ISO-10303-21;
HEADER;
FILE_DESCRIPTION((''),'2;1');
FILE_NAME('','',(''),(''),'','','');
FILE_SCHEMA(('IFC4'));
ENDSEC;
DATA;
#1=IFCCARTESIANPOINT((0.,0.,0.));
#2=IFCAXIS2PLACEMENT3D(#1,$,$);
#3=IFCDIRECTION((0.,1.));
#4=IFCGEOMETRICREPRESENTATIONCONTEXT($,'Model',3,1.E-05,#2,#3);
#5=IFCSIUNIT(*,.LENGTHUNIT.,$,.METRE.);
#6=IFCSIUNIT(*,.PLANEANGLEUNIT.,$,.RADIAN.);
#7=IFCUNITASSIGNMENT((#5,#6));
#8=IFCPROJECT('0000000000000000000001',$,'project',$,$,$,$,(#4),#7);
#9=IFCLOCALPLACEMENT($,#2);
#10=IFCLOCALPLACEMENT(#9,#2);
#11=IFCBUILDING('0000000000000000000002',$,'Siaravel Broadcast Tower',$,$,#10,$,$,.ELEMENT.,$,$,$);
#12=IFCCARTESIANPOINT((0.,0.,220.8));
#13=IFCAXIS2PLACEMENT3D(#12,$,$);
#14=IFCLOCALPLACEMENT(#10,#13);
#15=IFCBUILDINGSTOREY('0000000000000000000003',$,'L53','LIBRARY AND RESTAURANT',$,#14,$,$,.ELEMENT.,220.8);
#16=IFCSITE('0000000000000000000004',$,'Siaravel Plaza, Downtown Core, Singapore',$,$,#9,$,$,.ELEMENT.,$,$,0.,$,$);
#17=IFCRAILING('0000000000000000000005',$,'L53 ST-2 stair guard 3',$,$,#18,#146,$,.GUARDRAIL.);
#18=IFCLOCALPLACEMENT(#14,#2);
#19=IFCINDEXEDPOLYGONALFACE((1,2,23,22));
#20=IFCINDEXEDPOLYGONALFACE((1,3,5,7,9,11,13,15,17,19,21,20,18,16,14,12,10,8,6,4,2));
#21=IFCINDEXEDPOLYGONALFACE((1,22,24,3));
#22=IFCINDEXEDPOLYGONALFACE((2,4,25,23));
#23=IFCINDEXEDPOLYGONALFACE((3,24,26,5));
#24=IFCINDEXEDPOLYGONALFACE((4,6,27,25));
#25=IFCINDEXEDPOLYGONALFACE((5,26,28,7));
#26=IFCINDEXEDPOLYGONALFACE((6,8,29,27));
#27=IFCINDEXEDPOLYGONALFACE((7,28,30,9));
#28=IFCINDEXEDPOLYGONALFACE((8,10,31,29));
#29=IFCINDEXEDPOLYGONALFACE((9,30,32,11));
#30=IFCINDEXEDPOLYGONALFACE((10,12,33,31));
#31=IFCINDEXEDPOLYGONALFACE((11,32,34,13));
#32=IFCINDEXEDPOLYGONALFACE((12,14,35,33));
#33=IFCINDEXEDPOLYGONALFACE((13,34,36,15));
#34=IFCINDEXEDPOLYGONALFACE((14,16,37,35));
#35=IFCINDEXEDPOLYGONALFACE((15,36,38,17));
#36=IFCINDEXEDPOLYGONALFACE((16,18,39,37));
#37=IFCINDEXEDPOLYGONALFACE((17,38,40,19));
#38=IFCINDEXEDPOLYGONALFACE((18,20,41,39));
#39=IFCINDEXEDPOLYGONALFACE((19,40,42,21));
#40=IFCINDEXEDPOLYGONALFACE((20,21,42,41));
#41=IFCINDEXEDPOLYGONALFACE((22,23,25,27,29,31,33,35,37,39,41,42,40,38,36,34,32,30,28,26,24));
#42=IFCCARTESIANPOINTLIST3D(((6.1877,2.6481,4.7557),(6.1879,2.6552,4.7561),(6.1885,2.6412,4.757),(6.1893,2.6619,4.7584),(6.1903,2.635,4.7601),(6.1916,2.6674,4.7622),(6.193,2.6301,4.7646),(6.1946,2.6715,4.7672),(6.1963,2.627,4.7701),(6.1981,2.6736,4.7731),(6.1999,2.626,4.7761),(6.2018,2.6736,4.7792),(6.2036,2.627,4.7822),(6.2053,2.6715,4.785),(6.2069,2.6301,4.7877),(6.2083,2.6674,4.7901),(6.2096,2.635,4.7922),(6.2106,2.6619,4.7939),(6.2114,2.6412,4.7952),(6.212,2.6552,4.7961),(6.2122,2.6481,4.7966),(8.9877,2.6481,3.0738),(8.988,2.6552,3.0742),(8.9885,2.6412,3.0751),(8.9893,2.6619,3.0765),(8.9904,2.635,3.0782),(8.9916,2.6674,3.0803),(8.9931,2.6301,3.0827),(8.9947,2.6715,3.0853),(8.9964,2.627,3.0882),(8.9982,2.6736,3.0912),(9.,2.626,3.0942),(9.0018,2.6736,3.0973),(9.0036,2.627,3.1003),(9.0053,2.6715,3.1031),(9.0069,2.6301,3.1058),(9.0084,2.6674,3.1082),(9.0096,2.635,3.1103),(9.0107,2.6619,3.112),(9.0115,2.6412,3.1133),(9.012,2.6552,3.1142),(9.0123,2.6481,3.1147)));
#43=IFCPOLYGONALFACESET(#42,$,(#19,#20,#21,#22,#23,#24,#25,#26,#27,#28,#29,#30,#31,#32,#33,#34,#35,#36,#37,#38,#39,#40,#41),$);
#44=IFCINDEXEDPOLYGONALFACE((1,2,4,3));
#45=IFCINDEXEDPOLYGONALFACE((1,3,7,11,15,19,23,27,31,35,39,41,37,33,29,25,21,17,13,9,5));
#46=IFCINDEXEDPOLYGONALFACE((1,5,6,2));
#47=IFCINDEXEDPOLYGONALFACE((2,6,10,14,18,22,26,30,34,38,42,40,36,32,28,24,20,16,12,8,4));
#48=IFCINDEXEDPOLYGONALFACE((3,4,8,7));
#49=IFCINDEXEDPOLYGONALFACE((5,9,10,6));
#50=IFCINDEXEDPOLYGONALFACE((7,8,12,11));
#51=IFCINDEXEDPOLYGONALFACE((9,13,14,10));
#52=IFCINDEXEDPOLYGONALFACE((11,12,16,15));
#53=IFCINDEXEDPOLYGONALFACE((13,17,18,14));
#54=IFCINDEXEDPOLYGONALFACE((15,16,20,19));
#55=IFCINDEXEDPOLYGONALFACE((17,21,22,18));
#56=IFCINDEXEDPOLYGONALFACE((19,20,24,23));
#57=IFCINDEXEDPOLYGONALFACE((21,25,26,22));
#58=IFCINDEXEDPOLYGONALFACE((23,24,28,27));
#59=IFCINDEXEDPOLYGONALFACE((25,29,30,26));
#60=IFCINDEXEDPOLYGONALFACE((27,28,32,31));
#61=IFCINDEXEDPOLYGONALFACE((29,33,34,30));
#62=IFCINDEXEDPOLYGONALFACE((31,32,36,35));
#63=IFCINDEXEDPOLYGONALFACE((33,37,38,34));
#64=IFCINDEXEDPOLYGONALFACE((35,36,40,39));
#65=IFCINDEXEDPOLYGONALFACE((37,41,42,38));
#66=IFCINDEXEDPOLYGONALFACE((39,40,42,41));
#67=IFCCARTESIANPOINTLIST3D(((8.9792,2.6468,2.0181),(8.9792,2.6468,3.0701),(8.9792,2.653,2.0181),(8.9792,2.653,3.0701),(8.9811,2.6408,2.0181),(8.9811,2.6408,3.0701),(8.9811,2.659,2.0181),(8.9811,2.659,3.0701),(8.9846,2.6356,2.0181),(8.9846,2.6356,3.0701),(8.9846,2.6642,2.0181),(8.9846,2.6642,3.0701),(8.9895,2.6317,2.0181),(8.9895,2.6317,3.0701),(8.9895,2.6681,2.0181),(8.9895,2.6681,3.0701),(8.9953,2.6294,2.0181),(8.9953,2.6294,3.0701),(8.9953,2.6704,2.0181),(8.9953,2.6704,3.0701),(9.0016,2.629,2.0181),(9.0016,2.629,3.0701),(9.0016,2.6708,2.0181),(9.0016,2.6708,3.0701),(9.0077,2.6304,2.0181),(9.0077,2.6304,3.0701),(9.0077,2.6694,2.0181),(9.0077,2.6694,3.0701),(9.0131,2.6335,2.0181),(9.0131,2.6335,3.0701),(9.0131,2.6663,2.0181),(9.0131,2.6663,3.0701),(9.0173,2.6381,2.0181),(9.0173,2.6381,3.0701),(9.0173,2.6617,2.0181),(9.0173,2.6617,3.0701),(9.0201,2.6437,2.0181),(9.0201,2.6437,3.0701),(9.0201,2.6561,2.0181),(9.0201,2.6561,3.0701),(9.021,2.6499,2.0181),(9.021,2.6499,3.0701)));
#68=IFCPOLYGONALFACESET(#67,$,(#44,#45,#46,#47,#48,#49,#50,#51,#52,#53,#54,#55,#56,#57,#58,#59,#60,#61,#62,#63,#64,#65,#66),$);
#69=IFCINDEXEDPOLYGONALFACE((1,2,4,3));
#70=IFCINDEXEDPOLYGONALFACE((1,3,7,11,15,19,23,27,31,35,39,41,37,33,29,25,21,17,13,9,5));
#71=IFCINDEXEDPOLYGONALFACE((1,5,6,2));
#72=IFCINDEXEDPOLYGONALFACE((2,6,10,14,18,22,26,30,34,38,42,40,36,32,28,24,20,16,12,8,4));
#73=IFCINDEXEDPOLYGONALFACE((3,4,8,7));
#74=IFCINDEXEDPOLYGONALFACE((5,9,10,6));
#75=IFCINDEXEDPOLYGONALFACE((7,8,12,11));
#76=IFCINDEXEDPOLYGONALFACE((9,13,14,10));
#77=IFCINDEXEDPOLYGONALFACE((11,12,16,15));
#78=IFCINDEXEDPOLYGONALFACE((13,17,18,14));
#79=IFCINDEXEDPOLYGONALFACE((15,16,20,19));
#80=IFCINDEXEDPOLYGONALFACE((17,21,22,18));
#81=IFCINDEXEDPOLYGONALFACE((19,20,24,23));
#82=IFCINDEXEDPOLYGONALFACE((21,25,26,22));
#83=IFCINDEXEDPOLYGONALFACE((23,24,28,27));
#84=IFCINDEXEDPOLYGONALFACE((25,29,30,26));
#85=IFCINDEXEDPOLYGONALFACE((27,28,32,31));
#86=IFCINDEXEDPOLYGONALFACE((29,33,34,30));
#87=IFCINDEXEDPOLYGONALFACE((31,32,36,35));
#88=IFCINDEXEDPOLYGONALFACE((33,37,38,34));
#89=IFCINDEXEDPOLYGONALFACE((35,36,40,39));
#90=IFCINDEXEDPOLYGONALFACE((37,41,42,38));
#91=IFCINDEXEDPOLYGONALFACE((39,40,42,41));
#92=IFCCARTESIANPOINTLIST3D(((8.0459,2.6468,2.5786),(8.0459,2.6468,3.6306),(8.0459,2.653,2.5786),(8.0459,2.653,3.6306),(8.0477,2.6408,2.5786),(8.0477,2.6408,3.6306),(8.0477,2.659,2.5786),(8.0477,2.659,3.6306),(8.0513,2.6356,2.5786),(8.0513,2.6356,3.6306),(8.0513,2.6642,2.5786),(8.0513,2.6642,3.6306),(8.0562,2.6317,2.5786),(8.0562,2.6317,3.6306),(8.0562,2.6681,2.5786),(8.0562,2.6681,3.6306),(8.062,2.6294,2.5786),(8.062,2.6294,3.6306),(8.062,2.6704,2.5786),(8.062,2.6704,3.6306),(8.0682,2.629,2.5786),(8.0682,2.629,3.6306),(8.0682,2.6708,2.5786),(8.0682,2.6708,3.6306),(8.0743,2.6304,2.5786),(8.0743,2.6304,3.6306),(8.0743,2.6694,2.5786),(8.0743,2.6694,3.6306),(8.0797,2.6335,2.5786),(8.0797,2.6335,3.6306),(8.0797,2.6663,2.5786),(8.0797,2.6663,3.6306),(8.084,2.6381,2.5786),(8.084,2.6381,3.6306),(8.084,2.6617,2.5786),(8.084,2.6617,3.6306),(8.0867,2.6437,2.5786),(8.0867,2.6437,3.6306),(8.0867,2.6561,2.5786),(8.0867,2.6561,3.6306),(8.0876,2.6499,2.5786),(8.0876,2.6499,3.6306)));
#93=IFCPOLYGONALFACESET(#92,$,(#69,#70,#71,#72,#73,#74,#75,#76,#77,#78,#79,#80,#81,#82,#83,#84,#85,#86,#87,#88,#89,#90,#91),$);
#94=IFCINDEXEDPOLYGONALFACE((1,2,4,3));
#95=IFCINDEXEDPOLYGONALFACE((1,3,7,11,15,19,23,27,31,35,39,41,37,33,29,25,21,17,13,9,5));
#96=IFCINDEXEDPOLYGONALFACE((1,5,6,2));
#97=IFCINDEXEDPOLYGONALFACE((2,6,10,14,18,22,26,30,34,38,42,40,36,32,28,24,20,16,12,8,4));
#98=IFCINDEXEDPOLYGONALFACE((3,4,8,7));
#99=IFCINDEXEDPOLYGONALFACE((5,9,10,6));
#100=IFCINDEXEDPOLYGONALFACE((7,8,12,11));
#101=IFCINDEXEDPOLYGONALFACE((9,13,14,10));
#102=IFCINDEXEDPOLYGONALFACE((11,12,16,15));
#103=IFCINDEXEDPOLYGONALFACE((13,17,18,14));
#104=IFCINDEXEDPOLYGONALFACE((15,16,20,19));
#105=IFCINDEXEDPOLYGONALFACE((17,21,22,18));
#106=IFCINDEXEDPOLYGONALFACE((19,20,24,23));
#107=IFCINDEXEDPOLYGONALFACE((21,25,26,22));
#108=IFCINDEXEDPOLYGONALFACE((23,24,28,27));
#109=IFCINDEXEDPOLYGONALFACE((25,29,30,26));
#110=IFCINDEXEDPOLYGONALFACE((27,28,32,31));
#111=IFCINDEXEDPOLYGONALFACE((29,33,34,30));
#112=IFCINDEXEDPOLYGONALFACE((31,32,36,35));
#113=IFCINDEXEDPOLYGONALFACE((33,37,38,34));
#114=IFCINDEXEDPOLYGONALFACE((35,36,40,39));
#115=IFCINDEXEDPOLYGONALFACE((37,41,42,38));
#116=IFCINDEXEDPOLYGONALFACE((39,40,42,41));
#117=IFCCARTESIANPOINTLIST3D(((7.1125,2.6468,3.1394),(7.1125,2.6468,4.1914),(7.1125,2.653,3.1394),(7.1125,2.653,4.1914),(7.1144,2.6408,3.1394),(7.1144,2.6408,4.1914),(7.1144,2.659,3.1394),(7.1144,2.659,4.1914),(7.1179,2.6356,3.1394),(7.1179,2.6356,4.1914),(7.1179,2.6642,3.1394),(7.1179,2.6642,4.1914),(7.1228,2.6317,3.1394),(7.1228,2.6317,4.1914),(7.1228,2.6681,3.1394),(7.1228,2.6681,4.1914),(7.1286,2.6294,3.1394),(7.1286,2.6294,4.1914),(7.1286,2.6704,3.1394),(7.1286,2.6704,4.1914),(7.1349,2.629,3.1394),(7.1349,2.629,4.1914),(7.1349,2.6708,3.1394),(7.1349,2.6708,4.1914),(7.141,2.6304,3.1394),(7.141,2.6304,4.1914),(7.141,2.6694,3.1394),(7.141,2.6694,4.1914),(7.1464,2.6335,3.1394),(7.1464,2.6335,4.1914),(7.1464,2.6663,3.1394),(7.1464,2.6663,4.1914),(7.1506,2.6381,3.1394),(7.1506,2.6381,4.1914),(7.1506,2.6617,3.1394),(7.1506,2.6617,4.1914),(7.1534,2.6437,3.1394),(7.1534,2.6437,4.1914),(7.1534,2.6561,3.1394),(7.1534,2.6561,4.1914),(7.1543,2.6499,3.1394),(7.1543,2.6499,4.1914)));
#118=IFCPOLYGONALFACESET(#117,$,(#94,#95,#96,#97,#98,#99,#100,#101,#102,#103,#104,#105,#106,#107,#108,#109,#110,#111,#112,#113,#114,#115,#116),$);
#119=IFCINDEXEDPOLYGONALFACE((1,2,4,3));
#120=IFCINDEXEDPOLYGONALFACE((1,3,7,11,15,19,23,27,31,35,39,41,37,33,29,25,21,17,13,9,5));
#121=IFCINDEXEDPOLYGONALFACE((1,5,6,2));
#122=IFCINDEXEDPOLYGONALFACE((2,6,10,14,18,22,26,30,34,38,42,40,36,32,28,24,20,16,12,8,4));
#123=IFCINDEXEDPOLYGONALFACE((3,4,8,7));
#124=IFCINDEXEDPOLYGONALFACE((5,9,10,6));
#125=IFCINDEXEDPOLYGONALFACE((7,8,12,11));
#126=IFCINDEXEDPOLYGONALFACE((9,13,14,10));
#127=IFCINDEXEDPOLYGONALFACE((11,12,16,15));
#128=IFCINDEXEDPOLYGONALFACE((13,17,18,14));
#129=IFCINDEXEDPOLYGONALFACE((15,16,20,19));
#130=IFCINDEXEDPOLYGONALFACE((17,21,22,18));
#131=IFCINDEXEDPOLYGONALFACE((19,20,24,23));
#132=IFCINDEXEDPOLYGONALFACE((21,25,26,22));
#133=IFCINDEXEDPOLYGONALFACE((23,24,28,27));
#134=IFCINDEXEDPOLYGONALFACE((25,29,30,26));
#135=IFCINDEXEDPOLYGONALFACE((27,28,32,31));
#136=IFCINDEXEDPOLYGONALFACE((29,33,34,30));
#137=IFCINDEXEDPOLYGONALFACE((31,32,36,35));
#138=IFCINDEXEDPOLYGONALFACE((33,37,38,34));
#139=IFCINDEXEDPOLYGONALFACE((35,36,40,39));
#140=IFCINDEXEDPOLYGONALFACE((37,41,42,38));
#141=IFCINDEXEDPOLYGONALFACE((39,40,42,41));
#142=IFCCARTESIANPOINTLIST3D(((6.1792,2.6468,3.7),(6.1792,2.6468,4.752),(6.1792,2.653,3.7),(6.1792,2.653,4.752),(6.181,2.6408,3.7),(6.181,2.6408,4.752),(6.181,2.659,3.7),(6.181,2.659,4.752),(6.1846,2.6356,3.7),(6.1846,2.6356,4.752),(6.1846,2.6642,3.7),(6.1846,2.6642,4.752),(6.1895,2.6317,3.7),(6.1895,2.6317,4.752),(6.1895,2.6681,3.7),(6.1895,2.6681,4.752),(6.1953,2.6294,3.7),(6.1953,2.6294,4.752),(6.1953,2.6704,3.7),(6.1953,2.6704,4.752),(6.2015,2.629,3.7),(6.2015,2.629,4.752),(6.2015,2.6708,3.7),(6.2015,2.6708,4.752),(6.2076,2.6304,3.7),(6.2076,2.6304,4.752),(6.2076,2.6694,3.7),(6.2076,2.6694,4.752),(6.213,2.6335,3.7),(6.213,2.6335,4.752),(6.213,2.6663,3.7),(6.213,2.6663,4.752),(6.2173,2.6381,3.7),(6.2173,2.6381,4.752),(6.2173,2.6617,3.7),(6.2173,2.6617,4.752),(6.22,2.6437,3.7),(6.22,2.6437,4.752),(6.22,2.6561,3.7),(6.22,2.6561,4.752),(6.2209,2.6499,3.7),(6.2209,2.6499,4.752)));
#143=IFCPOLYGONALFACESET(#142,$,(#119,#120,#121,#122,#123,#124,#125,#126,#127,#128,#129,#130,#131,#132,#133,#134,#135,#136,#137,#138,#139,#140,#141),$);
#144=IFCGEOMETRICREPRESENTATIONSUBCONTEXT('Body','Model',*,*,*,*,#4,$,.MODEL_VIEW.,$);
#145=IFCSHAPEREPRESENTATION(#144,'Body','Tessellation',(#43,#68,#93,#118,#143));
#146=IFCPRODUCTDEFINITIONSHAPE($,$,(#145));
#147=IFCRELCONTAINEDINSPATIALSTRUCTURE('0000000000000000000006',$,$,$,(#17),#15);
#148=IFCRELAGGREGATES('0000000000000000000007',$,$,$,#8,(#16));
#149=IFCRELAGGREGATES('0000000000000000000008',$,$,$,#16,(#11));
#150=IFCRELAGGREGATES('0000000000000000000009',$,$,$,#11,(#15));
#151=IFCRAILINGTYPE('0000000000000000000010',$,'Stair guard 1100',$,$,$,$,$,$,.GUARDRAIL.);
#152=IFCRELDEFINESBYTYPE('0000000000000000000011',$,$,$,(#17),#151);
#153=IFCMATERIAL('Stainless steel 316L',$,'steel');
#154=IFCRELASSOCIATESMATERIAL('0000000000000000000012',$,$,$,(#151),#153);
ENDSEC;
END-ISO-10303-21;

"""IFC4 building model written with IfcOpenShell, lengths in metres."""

from ifc_helpers import new_model, si_unit, direction, frame, origin, origin_2d, place, context, subcontext, project, spatial, circle, extrude, material, type_object, element, save


model = new_model("IFC4")

# Units and contexts
model_context = context("Model", 3, precision=1e-05, world=origin(), true_north=direction((0.0, 1.0)))
body_context = subcontext(model_context, "Body", "Model", "MODEL_VIEW")
ifc_project = project(units=[si_unit("LENGTHUNIT", "METRE"), si_unit("PLANEANGLEUNIT", "RADIAN")], contexts=[model_context])

# Site, building, storey
site_placement = place(None, origin())
site = spatial("IfcSite", under=ifc_project, at=site_placement, Name="Siaravel Plaza, Downtown Core, Singapore", CompositionType="ELEMENT", RefElevation=0.0)
building_placement = place(site_placement, origin())
building = spatial("IfcBuilding", under=site, at=building_placement, Name="Siaravel Broadcast Tower", CompositionType="ELEMENT")
storey_placement = place(building_placement, frame((0.0, 0.0, 220.8)))
storey = spatial("IfcBuildingStorey", under=building, at=storey_placement, Name="L53", Description="LIBRARY AND RESTAURANT", CompositionType="ELEMENT", Elevation=220.8)

# Railing
ifc_material_1 = material(Name="Stainless steel 316L", Category="steel")
railing_type_1 = type_object("IfcRailingType", Name="Stair guard 1100", PredefinedType="GUARDRAIL", material=ifc_material_1)
railing_1_placement = place(storey_placement, frame((9.0, 2.6499, 2.0181)))
element("IfcRailing", 1, at=railing_1_placement, inside=storey, type_object=railing_type_1, Name="L53 ST-2 stair guard 3", PredefinedType="GUARDRAIL", context=body_context, shape_type="SweptSolid", body=[
    extrude(circle(Radius=0.0239, at=origin_2d()), frame((0.0, 0.0, 1.0762), z_axis=(-0.857242, 0.0, 0.514913), x_axis=(0.0, -1.0, 0.0)), (0.0, 0.0, 1.0), 3.2664),
    extrude(circle(Radius=0.021, at=origin_2d()), origin(), (0.0, 0.0, 1.0), 1.052),
    extrude(circle(Radius=0.021, at=origin_2d()), frame((-0.9333, 0.0, 0.5605)), (0.0, 0.0, 1.0), 1.052),
    extrude(circle(Radius=0.021, at=origin_2d()), frame((-1.8667, 0.0, 1.1213)), (0.0, 0.0, 1.0), 1.052),
    extrude(circle(Radius=0.021, at=origin_2d()), frame((-2.8, 0.0, 1.6819)), (0.0, 0.0, 1.0), 1.052),
])

save(model, "model.ifc")
